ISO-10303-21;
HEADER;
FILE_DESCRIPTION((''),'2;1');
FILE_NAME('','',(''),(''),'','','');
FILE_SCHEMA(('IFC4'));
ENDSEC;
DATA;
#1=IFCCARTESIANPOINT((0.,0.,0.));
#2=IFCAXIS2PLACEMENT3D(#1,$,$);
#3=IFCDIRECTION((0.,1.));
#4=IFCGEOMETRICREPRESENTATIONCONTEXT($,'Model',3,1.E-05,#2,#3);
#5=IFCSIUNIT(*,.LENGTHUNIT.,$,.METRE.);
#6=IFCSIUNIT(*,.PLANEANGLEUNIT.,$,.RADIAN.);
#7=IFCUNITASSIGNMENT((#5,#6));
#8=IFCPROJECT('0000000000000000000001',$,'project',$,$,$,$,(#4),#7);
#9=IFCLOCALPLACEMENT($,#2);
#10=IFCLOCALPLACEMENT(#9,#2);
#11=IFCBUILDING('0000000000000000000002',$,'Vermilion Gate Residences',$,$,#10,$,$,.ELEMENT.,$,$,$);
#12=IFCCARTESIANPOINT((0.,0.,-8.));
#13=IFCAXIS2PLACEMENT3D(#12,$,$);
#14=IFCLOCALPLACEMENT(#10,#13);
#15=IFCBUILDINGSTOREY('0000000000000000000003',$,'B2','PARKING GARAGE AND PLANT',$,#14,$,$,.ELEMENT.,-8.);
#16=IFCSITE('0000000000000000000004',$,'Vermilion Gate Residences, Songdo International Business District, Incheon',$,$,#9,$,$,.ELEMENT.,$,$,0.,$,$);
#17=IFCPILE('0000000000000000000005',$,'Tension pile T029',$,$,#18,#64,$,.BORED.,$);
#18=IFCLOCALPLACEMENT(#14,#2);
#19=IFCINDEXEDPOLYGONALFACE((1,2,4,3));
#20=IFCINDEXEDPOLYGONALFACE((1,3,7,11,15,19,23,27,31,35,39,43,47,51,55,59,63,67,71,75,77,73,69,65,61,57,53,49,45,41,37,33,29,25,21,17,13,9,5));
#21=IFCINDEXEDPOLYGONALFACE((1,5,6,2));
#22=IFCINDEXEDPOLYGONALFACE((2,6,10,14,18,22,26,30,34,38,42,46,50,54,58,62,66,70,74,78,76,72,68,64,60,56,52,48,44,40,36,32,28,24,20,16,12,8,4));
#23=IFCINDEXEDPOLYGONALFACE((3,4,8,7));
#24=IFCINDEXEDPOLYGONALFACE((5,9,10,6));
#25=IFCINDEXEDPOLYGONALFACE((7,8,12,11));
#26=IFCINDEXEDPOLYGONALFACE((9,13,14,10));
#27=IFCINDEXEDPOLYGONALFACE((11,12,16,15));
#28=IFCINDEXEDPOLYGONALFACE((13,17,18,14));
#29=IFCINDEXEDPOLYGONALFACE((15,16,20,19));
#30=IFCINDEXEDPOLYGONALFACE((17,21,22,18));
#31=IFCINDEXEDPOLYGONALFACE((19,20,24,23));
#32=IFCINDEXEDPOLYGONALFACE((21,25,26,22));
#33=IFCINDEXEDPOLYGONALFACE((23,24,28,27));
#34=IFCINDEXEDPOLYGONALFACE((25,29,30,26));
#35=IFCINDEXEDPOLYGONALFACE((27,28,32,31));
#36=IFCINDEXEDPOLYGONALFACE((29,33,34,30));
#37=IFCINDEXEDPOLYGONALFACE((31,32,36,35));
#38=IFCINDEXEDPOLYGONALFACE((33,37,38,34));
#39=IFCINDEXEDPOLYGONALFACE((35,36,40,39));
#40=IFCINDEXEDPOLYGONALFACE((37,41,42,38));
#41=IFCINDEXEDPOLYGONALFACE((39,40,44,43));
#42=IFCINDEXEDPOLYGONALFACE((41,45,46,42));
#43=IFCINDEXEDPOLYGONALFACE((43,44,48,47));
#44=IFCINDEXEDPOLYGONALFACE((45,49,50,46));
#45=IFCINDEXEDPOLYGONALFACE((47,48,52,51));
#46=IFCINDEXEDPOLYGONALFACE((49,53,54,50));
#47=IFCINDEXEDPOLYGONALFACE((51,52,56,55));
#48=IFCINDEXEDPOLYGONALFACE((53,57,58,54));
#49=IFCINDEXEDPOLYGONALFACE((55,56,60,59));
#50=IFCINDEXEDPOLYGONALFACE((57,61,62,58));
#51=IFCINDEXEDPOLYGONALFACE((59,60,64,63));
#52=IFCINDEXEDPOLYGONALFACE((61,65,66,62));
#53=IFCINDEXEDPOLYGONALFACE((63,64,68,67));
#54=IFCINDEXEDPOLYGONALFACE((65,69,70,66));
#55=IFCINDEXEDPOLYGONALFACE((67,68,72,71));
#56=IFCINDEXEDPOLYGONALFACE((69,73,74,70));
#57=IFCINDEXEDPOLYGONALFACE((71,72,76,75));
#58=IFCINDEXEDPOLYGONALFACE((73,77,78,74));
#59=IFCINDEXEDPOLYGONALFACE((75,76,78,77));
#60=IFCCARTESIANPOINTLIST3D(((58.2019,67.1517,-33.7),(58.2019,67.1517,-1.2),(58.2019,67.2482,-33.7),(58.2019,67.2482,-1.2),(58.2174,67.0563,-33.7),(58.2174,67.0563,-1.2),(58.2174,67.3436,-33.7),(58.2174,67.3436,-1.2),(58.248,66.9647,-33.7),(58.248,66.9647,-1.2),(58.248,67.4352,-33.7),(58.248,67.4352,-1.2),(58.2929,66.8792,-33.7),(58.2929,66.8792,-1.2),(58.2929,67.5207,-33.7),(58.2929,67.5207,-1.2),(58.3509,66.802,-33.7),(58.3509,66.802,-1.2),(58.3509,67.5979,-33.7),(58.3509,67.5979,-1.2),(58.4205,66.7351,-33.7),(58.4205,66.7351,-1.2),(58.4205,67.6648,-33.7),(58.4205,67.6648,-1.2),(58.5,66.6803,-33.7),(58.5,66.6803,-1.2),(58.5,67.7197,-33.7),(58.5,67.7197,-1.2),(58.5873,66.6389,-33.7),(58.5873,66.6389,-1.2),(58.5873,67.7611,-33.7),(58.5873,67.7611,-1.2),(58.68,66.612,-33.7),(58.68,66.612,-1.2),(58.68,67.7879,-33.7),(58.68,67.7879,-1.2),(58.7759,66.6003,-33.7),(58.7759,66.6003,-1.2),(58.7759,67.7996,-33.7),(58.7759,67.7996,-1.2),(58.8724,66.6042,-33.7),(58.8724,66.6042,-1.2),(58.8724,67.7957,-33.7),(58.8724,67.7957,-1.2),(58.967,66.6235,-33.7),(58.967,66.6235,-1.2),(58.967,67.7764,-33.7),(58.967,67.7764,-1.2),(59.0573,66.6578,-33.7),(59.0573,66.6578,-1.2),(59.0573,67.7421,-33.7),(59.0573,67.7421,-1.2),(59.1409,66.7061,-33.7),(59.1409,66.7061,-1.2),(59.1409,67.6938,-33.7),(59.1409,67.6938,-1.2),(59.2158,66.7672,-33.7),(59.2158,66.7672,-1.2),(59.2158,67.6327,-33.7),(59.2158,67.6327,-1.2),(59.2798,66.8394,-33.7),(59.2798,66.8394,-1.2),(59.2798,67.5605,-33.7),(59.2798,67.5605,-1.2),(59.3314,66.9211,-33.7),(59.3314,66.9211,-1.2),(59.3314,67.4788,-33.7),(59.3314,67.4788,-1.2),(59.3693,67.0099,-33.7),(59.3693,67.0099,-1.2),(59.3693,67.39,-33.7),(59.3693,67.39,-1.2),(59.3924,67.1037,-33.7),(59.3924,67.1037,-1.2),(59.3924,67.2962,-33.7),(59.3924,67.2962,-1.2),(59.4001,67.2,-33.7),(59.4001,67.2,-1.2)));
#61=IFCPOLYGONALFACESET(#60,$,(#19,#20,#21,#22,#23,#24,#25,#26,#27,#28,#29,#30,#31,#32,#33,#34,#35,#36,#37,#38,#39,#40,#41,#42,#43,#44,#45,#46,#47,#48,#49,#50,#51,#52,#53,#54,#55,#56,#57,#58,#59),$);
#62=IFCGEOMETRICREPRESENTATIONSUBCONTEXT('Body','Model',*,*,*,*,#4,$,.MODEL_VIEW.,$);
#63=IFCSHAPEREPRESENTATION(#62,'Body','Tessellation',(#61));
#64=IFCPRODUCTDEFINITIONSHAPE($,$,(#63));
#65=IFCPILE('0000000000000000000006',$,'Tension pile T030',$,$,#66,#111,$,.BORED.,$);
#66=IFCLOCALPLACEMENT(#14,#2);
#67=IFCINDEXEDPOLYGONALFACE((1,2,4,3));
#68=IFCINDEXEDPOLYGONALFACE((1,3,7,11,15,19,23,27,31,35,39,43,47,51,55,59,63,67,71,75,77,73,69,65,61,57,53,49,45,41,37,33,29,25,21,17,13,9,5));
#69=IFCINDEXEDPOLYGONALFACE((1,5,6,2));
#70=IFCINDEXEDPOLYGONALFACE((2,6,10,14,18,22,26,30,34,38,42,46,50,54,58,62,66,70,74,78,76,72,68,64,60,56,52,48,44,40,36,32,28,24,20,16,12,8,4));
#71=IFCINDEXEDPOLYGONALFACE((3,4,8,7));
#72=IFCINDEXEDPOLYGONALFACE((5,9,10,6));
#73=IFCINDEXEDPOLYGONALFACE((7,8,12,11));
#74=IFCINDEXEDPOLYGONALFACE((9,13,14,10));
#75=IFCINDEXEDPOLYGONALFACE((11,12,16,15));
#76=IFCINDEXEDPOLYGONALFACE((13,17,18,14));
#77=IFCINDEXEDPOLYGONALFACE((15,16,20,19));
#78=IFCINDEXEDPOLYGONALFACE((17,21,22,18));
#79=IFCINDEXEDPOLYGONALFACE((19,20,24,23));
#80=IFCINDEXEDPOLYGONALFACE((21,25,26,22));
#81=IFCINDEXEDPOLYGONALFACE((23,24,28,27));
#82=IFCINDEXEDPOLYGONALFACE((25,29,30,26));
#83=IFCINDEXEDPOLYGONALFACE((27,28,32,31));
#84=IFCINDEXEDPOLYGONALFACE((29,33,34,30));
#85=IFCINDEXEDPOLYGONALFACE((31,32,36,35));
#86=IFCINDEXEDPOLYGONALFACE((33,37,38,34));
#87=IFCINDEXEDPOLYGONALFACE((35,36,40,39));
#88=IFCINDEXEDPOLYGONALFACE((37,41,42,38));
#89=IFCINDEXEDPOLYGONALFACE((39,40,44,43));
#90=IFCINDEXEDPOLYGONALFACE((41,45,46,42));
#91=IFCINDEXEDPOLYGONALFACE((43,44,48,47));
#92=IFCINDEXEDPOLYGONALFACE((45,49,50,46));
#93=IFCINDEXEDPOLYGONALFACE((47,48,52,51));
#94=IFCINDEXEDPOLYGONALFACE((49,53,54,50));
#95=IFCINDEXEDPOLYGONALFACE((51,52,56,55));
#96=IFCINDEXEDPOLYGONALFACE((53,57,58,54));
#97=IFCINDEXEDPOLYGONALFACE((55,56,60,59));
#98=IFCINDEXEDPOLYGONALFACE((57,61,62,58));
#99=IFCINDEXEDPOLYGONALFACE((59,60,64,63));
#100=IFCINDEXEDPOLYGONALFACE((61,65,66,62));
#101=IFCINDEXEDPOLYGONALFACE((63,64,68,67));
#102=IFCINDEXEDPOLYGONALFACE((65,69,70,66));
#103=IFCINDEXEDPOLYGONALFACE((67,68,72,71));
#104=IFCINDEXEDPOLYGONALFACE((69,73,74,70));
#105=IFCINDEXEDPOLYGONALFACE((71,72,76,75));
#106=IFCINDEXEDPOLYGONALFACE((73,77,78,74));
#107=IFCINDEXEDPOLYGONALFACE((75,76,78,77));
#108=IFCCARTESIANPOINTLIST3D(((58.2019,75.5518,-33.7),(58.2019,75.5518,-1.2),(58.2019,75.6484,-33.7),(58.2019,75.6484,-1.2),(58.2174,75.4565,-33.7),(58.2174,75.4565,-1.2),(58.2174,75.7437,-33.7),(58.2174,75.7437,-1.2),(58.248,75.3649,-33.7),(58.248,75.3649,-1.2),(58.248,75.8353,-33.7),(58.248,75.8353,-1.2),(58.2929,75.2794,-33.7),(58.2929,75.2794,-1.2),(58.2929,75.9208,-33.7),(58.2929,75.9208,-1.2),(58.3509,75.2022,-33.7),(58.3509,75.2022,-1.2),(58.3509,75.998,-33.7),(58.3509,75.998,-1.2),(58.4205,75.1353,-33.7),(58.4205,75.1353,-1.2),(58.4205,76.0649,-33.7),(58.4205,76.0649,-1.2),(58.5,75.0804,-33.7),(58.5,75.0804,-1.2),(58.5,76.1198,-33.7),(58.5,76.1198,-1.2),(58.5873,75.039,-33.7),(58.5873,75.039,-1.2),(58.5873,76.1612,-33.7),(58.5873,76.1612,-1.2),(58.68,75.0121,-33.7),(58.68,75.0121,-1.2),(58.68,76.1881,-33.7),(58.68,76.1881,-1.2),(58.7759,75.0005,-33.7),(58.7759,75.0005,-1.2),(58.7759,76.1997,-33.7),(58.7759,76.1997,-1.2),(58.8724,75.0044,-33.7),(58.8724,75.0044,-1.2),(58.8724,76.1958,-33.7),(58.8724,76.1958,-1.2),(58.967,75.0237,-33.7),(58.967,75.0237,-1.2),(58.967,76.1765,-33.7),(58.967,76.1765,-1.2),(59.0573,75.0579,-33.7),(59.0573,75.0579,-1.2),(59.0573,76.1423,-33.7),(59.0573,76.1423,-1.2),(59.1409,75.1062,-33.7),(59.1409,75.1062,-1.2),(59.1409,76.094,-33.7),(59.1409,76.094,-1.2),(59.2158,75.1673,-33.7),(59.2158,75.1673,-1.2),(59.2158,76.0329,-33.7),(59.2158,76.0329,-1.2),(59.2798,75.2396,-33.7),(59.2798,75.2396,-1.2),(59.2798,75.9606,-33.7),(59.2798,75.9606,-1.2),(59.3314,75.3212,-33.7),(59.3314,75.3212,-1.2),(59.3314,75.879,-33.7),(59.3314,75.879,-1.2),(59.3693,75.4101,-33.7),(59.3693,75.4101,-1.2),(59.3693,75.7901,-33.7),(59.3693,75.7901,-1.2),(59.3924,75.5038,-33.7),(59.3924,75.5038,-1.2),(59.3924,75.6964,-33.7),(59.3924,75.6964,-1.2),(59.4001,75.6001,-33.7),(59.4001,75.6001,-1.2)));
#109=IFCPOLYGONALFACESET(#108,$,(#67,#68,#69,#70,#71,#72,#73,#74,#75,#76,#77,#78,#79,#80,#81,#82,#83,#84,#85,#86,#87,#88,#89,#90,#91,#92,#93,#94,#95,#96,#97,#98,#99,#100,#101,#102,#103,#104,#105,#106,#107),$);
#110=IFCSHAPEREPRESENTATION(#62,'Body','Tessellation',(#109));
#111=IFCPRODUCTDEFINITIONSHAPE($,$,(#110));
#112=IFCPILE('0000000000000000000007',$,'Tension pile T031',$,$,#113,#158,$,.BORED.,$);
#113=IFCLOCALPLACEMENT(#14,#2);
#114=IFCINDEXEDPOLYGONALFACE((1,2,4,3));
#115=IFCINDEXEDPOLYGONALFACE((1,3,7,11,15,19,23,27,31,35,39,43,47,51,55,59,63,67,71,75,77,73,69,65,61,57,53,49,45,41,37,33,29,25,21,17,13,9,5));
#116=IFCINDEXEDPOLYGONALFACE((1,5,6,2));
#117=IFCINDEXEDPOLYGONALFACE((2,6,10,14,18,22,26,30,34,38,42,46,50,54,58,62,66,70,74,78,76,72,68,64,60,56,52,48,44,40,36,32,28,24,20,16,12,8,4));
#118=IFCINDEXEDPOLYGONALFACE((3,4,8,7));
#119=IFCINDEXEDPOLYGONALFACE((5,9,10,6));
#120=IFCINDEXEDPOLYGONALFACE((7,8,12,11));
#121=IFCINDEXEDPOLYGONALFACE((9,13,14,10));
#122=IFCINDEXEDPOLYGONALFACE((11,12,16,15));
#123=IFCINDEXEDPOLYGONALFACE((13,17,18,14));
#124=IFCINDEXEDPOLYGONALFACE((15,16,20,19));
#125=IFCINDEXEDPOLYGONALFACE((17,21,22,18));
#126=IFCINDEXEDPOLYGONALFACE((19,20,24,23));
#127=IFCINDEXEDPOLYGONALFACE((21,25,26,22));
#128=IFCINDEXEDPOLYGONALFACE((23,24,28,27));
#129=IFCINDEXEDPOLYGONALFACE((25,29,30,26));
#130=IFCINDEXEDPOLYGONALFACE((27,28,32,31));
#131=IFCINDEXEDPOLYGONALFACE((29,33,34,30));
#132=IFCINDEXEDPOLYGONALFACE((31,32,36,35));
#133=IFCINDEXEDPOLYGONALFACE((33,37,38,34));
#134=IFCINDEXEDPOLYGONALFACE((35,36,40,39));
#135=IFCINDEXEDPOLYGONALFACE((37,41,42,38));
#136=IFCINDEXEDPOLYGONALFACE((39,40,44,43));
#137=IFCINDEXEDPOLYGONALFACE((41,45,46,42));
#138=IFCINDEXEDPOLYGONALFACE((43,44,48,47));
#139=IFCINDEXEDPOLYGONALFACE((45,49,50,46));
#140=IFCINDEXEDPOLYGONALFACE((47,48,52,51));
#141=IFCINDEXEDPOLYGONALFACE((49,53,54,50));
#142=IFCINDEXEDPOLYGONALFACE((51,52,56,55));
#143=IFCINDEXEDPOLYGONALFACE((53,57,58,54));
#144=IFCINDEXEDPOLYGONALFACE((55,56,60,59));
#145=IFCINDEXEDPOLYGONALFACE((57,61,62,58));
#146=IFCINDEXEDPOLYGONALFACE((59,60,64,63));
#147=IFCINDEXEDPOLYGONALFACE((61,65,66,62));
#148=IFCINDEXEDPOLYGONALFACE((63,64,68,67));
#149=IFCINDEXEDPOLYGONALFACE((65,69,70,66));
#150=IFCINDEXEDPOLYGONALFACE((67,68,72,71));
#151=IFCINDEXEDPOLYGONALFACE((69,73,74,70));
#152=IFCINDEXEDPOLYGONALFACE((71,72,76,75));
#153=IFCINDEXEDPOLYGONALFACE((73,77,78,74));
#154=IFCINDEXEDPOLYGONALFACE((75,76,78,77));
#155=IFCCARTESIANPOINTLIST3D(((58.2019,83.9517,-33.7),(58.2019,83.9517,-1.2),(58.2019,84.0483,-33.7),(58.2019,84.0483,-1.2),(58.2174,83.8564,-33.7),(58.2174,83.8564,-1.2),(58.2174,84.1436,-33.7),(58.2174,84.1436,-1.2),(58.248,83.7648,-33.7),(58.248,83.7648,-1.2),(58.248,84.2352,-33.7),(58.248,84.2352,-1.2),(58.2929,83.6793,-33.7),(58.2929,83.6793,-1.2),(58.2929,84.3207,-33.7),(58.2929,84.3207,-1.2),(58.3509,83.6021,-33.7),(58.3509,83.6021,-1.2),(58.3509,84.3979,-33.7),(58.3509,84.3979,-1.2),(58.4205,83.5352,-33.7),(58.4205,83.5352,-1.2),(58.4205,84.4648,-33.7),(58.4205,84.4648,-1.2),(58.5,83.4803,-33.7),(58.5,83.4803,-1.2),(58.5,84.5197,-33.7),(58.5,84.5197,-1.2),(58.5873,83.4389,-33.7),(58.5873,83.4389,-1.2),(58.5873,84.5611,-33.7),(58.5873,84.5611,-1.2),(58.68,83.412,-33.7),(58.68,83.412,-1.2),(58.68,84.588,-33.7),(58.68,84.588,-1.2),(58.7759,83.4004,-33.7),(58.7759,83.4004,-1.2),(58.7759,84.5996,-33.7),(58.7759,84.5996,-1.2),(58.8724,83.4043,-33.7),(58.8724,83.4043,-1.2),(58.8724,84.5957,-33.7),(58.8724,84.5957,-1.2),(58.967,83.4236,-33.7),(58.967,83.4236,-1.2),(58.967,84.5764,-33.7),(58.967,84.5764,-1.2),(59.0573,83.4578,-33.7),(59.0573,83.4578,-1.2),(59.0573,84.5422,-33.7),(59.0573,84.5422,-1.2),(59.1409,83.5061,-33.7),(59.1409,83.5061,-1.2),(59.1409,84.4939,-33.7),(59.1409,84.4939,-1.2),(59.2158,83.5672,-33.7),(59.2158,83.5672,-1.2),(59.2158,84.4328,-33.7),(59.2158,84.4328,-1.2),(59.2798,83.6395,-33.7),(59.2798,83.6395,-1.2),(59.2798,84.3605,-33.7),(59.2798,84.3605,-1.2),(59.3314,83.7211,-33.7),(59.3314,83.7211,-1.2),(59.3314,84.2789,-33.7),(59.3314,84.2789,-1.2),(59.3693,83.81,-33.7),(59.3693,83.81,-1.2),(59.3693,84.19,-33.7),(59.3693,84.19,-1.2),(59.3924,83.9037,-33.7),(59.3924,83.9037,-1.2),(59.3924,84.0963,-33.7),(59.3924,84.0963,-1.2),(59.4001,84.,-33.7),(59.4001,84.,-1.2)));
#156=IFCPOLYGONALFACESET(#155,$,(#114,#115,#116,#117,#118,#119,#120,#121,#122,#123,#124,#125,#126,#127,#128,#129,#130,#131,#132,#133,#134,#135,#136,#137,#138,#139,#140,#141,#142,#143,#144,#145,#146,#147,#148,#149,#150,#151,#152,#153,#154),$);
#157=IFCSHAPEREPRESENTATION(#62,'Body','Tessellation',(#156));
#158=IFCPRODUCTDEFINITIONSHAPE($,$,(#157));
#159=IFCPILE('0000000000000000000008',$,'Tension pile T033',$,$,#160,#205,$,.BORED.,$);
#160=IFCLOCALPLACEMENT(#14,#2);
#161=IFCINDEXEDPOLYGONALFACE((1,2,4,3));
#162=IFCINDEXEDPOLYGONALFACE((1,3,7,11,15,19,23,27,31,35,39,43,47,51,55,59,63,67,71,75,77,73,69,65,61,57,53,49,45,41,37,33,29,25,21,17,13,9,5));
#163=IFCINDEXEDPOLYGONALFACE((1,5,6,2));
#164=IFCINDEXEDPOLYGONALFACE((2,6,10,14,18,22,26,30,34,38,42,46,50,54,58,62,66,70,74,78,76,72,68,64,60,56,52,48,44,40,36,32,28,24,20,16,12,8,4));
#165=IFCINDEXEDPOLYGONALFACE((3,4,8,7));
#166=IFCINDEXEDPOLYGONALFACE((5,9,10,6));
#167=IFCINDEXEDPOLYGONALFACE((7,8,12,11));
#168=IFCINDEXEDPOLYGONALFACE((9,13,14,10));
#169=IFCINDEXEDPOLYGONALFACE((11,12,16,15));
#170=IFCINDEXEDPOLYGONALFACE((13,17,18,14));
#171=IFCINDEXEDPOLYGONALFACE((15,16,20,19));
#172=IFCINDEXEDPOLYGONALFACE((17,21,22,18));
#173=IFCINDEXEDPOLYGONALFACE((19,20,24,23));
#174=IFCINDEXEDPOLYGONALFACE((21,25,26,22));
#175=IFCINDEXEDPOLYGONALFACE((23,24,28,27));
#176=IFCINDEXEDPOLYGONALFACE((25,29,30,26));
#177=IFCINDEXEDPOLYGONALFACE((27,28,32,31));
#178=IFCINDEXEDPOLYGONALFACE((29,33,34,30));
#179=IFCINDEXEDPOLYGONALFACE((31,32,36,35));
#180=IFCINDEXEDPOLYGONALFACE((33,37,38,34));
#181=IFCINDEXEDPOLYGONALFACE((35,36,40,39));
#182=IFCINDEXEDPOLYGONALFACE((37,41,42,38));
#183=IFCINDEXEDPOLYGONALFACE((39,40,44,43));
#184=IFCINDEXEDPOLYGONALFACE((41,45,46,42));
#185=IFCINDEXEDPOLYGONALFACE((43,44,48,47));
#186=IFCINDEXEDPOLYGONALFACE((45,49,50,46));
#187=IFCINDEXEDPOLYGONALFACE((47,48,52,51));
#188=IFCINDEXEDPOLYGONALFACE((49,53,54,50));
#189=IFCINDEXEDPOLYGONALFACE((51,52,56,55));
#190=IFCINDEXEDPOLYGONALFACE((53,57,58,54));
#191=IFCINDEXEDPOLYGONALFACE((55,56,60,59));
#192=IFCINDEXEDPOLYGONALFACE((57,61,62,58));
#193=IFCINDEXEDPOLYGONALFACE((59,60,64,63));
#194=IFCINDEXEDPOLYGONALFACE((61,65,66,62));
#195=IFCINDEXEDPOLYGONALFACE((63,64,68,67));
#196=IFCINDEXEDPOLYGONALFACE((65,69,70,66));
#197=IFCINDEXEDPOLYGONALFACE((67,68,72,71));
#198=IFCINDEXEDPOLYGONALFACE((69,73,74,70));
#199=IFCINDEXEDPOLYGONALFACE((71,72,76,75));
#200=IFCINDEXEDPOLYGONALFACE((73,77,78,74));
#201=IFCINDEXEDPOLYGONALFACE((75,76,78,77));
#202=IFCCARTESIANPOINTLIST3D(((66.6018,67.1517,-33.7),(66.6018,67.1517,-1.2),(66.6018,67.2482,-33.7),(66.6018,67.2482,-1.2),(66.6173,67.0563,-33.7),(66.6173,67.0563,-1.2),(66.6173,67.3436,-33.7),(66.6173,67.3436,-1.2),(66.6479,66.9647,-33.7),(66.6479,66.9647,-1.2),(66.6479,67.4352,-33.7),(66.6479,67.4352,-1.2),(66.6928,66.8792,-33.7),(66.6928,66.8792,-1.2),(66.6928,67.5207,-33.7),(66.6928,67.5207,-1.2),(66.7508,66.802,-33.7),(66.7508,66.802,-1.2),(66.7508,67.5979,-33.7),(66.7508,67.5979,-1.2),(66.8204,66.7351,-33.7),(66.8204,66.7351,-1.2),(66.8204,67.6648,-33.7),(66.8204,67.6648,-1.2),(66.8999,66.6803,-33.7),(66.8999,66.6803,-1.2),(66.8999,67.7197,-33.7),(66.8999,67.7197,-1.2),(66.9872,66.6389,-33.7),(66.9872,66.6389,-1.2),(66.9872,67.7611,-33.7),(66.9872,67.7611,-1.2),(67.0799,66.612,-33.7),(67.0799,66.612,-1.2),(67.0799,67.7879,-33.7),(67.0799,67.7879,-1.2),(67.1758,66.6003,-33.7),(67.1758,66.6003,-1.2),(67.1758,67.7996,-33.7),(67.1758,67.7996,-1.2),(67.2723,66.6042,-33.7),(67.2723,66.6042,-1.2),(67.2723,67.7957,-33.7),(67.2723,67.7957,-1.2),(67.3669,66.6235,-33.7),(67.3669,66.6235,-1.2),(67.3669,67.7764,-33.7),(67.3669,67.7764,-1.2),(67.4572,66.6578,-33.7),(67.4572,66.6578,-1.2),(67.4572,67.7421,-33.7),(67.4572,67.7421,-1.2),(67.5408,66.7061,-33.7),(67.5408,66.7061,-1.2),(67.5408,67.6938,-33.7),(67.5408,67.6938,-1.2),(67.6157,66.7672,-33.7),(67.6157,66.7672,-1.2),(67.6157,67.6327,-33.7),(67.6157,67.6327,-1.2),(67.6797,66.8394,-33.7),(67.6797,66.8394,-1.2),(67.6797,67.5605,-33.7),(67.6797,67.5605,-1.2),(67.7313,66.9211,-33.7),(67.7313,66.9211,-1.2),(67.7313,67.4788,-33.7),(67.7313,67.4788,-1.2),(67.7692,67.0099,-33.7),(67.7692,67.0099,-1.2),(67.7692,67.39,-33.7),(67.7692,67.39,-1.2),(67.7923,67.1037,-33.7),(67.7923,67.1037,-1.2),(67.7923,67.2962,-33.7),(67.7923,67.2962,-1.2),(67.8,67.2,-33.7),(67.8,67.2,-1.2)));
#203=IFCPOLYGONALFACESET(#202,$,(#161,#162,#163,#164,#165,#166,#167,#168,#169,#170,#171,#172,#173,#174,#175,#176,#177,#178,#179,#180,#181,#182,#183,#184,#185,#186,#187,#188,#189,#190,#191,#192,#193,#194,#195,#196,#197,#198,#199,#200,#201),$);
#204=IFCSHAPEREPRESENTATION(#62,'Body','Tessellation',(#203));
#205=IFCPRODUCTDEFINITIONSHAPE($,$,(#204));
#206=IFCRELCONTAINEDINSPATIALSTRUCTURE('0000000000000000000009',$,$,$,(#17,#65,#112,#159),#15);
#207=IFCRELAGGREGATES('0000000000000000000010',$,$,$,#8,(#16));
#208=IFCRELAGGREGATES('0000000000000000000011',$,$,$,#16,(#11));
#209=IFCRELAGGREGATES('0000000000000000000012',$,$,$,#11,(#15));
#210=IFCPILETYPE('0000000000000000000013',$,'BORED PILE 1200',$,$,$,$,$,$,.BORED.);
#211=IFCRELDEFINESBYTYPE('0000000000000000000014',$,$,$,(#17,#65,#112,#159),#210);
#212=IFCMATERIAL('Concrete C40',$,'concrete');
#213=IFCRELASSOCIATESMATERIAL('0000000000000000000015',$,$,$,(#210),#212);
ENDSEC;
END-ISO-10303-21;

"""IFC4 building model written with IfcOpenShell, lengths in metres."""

from ifc_helpers import new_model, si_unit, direction, frame, origin, origin_2d, place, context, subcontext, project, spatial, circle, extrude, material, material_profile, profile_set, type_object, element, save


model = new_model("IFC4")

# Units and contexts
model_context = context("Model", 3, precision=1e-05, world=origin(), true_north=direction((0.0, 1.0)))
body_context = subcontext(model_context, "Body", "Model", "MODEL_VIEW")
ifc_project = project(units=[si_unit("LENGTHUNIT", "METRE"), si_unit("PLANEANGLEUNIT", "RADIAN")], contexts=[model_context])

# Site, building, storey
site_placement = place(None, origin())
site = spatial("IfcSite", under=ifc_project, at=site_placement, Name="Vermilion Gate Residences, Songdo International Business District, Incheon", CompositionType="ELEMENT", RefElevation=0.0)
building_placement = place(site_placement, origin())
building = spatial("IfcBuilding", under=site, at=building_placement, Name="Vermilion Gate Residences", CompositionType="ELEMENT")
storey_placement = place(building_placement, frame((0.0, 0.0, -8.0)))
storey = spatial("IfcBuildingStorey", under=building, at=storey_placement, Name="B2", Description="PARKING GARAGE AND PLANT", CompositionType="ELEMENT", Elevation=-8.0)

# Piles
ifc_material_1 = material(Name="Concrete C40", Category="concrete")
ifc_material_profile_1 = material_profile(ifc_material_1, circle(Radius=0.6001, at=origin_2d()), Name="BORED PILE 1200")
ifc_profile_set_1 = profile_set([ifc_material_profile_1], Name="Concrete C40")
pile_type = type_object("IfcPileType", Name="BORED PILE 1200", PredefinedType="BORED", material=ifc_profile_set_1)
for number, where, z_axis, x_axis, name in (
    (1, (58.8, 67.2, -1.2), (0.0, 0.0, -1.0), (1.0, 0.0, 0.0), "Tension pile T029"),
    (2, (58.8, 75.6001, -1.2), (0.0, 0.0, -1.0), (1.0, 0.0, 0.0), "Tension pile T030"),
    (3, (58.8, 84.0, -1.2), (0.0, 0.0, -1.0), (1.0, 0.0, 0.0), "Tension pile T031"),
    (4, (67.2, 67.2, -1.2), (0.0, 0.0, -1.0), (1.0, 0.0, 0.0), "Tension pile T033"),
):
    element("IfcPile", number, at=place(storey_placement, frame(where, z_axis=z_axis, x_axis=x_axis)), inside=storey, type_object=pile_type, Name=name, PredefinedType="BORED", context=body_context, shape_type="SweptSolid", body=[
        extrude(circle(Radius=0.6001, at=origin_2d()), origin(), (0.0, 0.0, 1.0), 32.5),
    ])

save(model, "model.ifc")
